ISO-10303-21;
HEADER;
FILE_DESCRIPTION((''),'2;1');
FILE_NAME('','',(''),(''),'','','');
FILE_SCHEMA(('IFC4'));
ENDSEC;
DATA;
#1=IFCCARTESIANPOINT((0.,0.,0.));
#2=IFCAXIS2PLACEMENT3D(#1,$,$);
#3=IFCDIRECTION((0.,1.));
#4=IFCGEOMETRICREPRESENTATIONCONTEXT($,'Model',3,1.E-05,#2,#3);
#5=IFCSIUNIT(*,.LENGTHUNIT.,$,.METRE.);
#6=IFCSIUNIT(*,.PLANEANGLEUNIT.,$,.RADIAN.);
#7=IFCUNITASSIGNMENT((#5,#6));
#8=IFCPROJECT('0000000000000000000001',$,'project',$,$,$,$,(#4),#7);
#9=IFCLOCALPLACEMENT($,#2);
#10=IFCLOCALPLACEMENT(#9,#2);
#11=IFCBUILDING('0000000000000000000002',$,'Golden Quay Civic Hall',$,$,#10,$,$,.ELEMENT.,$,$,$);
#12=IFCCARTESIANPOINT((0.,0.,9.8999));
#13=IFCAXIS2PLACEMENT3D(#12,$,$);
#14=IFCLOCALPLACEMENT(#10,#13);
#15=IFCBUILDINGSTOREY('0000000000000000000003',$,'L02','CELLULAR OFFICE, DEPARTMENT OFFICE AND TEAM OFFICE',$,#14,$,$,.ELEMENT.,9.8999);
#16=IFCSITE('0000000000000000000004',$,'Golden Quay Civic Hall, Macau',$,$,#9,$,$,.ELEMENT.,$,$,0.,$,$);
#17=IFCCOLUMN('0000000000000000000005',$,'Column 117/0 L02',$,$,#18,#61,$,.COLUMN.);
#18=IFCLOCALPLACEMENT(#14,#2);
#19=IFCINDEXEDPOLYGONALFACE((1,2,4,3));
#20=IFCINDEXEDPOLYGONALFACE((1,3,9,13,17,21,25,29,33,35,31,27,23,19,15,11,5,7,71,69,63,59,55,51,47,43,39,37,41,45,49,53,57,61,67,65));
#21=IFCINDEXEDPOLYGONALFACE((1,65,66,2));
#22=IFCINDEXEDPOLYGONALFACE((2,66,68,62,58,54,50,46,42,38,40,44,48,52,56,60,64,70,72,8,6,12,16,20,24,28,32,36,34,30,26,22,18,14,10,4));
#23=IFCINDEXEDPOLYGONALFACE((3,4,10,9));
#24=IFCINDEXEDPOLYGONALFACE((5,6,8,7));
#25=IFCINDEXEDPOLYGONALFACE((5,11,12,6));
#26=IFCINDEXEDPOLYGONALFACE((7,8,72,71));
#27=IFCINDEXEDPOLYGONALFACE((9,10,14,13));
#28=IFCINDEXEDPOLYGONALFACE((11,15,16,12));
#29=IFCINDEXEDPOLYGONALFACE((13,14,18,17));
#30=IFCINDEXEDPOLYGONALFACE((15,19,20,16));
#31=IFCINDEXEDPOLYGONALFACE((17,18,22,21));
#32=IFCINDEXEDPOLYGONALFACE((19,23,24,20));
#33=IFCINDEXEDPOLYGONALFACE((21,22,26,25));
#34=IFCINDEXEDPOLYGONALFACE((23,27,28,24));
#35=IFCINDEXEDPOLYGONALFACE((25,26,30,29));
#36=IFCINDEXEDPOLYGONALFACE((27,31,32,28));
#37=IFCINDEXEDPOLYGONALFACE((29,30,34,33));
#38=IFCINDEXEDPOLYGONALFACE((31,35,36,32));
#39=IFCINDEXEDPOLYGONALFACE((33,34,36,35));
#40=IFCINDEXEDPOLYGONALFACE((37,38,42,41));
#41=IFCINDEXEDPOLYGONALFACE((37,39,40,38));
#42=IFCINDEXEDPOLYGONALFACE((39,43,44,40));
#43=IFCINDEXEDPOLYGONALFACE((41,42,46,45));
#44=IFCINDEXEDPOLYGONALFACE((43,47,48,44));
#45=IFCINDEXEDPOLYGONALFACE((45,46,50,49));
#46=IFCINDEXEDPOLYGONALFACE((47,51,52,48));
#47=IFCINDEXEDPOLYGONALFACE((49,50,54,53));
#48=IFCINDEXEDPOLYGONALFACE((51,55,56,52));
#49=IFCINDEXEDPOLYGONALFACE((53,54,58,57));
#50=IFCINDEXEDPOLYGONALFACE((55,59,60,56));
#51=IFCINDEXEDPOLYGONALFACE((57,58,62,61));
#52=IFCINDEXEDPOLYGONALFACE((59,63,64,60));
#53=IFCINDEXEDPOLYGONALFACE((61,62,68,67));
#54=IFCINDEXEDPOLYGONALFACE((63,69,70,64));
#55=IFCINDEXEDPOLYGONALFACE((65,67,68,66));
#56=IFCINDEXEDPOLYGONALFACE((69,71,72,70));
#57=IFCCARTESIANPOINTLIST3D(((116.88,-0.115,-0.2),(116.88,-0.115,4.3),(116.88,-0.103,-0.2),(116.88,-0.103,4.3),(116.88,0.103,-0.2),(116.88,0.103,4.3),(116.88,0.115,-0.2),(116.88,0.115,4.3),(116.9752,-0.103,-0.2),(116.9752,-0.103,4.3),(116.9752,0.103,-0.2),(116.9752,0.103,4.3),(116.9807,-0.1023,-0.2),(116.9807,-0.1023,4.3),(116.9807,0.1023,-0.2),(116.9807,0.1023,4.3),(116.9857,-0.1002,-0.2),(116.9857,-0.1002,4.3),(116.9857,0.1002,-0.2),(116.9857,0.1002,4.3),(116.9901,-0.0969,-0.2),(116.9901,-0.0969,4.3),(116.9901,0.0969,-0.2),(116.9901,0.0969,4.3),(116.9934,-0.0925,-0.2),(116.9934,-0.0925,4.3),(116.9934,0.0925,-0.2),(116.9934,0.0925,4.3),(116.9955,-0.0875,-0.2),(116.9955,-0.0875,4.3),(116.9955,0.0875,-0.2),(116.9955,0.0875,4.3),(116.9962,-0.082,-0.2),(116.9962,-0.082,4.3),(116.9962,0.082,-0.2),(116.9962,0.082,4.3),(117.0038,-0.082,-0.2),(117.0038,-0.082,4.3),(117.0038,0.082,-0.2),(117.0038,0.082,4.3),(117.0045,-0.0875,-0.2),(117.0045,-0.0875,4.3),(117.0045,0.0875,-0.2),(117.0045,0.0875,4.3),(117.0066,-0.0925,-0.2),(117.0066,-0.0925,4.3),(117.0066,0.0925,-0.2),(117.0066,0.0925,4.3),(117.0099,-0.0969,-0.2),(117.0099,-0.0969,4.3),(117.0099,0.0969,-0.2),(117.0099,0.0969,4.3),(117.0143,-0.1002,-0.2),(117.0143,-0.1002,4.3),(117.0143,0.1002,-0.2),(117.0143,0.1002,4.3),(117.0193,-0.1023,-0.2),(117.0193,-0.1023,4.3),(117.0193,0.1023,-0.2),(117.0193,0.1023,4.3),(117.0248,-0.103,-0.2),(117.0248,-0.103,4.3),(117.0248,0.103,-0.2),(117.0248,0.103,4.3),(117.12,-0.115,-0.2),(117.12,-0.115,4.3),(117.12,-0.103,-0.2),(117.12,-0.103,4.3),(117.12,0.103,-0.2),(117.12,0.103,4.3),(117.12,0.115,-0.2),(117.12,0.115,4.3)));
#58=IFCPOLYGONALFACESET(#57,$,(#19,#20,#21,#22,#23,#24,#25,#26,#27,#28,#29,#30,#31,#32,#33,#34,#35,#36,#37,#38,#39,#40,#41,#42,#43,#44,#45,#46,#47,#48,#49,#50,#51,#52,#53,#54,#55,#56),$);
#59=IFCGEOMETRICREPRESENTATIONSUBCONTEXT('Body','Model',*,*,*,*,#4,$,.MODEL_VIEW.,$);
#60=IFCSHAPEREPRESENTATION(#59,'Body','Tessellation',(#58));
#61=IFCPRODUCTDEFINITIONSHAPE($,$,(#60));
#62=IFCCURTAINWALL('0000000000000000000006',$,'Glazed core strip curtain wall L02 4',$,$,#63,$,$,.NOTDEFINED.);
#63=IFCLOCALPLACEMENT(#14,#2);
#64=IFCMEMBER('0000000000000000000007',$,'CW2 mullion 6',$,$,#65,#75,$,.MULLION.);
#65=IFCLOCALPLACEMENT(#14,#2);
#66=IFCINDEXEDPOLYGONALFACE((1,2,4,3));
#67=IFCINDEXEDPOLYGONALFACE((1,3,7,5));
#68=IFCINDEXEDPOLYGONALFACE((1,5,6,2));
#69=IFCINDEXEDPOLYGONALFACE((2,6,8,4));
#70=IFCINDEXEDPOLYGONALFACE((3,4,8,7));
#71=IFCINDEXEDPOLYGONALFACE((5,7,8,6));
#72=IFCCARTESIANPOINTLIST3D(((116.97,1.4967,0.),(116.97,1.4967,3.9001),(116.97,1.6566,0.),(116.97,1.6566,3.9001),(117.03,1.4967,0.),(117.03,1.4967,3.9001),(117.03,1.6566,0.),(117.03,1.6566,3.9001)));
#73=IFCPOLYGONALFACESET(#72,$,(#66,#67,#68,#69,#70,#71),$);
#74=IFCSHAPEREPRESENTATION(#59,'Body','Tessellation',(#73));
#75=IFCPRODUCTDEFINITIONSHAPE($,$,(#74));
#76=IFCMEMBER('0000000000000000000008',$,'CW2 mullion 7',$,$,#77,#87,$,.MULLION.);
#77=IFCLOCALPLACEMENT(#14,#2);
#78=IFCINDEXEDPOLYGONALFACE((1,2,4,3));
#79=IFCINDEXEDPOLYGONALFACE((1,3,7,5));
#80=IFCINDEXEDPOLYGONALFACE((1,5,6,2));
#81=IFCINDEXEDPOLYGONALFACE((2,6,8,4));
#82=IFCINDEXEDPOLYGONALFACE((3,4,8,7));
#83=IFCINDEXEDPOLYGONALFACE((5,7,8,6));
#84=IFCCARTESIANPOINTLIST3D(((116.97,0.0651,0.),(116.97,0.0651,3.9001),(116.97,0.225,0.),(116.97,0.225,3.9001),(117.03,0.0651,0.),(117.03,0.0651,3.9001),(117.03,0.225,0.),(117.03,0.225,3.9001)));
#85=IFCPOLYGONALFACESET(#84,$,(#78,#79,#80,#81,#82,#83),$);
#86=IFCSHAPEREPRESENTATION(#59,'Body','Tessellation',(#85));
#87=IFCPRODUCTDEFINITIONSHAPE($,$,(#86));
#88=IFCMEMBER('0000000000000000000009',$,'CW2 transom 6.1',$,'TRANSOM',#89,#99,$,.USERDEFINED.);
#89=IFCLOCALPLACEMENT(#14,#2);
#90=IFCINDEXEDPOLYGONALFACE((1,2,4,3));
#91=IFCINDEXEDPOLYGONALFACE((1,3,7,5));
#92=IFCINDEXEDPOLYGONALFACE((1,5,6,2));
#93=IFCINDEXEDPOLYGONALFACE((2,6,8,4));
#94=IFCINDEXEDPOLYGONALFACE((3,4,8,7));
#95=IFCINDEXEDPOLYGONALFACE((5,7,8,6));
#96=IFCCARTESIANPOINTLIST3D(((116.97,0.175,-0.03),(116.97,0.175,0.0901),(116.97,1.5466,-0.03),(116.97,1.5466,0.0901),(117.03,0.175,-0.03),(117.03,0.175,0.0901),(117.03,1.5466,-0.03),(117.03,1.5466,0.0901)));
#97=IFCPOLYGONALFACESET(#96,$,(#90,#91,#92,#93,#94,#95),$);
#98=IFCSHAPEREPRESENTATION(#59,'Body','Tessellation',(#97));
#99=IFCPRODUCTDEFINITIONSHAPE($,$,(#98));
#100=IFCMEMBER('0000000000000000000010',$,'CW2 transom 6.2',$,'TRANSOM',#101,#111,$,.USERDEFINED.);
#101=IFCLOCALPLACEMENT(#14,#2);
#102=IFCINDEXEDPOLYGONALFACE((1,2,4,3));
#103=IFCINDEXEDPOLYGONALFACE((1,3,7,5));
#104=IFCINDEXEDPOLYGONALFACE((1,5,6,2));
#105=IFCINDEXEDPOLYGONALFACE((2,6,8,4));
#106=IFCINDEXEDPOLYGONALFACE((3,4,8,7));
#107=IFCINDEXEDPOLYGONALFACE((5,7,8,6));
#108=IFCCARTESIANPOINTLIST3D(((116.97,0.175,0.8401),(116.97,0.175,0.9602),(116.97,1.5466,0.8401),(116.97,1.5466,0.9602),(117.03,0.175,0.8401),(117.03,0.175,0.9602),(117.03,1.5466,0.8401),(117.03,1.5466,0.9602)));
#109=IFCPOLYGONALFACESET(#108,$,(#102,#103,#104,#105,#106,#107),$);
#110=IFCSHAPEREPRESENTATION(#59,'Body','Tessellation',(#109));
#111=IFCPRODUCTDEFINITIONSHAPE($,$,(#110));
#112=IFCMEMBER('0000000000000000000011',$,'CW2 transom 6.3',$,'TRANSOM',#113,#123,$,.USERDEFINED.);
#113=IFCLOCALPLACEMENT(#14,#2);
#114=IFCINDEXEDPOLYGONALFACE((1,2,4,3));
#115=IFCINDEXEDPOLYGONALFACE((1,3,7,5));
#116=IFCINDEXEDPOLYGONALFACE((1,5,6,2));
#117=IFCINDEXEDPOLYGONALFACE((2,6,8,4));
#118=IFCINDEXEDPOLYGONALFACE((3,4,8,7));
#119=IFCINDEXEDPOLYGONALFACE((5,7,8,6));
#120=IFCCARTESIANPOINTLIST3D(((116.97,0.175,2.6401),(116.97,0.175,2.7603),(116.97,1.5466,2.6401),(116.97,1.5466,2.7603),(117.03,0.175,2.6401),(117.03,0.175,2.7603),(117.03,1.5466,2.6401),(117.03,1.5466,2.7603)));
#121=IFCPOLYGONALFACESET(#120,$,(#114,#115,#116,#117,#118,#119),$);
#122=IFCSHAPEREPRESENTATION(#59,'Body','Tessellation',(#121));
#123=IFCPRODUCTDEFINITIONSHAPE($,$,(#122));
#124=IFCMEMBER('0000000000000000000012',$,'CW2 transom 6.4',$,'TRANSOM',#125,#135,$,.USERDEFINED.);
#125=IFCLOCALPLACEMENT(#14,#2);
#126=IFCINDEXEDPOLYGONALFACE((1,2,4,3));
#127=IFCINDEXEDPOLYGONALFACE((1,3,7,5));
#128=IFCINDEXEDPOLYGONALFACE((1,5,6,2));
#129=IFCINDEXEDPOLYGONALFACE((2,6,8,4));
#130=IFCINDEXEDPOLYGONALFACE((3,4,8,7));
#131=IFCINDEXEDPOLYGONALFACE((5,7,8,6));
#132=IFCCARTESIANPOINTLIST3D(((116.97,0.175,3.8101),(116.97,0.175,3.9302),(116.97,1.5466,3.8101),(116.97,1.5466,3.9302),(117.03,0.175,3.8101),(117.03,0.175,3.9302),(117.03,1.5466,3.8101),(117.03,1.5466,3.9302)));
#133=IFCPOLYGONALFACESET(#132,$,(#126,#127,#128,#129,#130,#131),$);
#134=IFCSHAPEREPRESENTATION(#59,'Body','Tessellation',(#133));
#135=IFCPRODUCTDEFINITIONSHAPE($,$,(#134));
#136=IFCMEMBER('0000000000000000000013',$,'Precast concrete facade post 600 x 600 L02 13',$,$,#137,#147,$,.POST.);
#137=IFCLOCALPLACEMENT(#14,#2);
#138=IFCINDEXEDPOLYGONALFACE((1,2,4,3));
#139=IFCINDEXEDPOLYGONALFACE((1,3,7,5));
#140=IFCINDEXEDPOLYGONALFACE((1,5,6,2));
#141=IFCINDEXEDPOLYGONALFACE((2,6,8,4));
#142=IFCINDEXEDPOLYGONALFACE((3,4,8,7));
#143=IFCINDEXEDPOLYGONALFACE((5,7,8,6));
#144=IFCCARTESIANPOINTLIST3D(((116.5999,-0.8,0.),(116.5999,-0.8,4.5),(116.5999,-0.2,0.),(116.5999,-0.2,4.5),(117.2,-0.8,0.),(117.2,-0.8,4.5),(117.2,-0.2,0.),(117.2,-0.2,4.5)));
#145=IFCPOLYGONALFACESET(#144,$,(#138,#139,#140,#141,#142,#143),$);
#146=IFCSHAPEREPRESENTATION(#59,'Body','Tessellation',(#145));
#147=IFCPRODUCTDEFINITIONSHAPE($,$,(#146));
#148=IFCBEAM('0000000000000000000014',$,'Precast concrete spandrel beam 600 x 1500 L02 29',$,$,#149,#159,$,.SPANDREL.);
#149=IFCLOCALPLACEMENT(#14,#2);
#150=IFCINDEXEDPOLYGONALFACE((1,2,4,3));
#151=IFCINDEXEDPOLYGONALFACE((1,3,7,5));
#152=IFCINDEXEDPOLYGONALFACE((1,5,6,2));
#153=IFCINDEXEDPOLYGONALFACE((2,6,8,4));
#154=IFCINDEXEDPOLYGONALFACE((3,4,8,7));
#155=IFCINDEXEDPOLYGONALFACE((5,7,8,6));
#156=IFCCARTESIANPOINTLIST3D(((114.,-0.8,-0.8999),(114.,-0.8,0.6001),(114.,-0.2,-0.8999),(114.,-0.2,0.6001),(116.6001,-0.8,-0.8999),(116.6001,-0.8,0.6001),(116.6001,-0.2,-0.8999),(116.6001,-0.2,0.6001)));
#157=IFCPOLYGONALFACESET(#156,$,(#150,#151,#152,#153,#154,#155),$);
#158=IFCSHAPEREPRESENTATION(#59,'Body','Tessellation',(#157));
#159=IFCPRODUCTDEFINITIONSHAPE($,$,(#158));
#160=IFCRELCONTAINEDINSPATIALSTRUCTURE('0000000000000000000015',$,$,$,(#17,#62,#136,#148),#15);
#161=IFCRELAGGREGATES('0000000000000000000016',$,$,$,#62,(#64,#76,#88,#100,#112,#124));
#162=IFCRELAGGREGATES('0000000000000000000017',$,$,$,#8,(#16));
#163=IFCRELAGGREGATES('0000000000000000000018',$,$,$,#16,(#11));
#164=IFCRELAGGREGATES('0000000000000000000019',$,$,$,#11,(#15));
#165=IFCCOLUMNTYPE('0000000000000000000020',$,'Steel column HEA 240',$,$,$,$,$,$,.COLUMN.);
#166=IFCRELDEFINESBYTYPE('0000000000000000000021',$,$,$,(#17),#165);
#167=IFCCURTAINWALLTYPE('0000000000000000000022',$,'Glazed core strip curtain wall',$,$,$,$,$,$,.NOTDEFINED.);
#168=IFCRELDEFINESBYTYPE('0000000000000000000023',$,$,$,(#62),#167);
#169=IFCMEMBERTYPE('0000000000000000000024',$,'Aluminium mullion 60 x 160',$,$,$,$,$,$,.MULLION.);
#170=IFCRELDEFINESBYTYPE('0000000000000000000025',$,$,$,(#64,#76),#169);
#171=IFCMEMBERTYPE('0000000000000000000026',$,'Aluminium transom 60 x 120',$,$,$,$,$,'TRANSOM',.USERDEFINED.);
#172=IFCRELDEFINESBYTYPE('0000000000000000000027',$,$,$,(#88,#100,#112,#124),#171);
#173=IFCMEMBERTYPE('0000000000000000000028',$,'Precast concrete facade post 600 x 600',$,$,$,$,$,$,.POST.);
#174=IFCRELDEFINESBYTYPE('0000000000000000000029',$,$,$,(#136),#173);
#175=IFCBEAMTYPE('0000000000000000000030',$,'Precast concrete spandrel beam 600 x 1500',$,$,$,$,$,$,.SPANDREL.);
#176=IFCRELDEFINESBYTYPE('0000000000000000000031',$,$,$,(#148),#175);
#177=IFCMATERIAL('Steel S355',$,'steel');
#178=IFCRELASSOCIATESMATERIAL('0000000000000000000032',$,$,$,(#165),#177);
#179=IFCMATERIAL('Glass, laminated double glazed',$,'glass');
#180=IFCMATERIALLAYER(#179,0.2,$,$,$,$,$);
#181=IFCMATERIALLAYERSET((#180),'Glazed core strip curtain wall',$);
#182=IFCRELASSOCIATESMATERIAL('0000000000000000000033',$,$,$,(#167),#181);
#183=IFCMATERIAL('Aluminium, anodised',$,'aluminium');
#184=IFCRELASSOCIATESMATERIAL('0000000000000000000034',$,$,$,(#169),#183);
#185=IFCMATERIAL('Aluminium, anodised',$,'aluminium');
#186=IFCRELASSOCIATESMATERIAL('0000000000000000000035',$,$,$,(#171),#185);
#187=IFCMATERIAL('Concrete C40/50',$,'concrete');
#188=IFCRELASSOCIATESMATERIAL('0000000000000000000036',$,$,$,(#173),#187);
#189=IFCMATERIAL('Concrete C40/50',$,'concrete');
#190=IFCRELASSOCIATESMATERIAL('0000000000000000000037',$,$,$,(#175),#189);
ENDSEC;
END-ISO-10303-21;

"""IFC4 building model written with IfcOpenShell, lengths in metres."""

from ifc_helpers import new_model, si_unit, direction, frame, origin, origin_2d, place, context, subcontext, project, spatial, rectangle, i_section, extrude, material, layer, layer_set, material_profile, profile_set, type_object, element, aggregate, save


model = new_model("IFC4")

# Units and contexts
model_context = context("Model", 3, precision=1e-05, world=origin(), true_north=direction((0.0, 1.0)))
body_context = subcontext(model_context, "Body", "Model", "MODEL_VIEW")
ifc_project = project(units=[si_unit("LENGTHUNIT", "METRE"), si_unit("PLANEANGLEUNIT", "RADIAN")], contexts=[model_context])

# Site, building, storey
site_placement = place(None, origin())
site = spatial("IfcSite", under=ifc_project, at=site_placement, Name="Golden Quay Civic Hall, Macau", CompositionType="ELEMENT", RefElevation=0.0)
building_placement = place(site_placement, origin())
building = spatial("IfcBuilding", under=site, at=building_placement, Name="Golden Quay Civic Hall", CompositionType="ELEMENT")
storey_placement = place(building_placement, frame((0.0, 0.0, 9.8999)))
storey = spatial("IfcBuildingStorey", under=building, at=storey_placement, Name="L02", Description="CELLULAR OFFICE, DEPARTMENT OFFICE AND TEAM OFFICE", CompositionType="ELEMENT", Elevation=9.8999)

# Column
ifc_material_1 = material(Name="Steel S355", Category="steel")
ifc_material_profile_1 = material_profile(ifc_material_1, i_section(OverallWidth=0.24, OverallDepth=0.23, WebThickness=0.0076, FlangeThickness=0.012, FilletRadius=0.021, at=origin_2d()), Name="HEA 240")
ifc_profile_set_1 = profile_set([ifc_material_profile_1], Name="Steel S355")
column_type = type_object("IfcColumnType", Name="Steel column HEA 240", PredefinedType="COLUMN", material=ifc_profile_set_1)
column_placement = place(storey_placement, frame((117.0, 0.0, -0.2), z_axis=(0.0, 0.0, 1.0), x_axis=(1.0, 0.0, 0.0)))
element("IfcColumn", 1, at=column_placement, inside=storey, type_object=column_type, Name="Column 117/0 L02", PredefinedType="COLUMN", context=body_context, shape_type="SweptSolid", body=[
    extrude(i_section(OverallWidth=0.24, OverallDepth=0.23, WebThickness=0.0076, FlangeThickness=0.012, FilletRadius=0.021, at=origin_2d()), origin(), (0.0, 0.0, 1.0), 4.5),
])

# Curtain wall, members
ifc_material_2 = material(Name="Glass, laminated double glazed", Category="glass")
ifc_layer_1 = layer(ifc_material_2, 0.2)
ifc_layer_set_1 = layer_set([ifc_layer_1], Name="Glazed core strip curtain wall")
curtain_wall_type = type_object("IfcCurtainWallType", Name="Glazed core strip curtain wall", PredefinedType="NOTDEFINED", material=ifc_layer_set_1)
curtain_wall_placement = place(storey_placement, origin())
curtain_wall = element("IfcCurtainWall", 2, at=curtain_wall_placement, inside=storey, type_object=curtain_wall_type, Name="Glazed core strip curtain wall L02 4", PredefinedType="NOTDEFINED")
ifc_material_3 = material(Name="Aluminium, anodised", Category="aluminium")
ifc_material_profile_2 = material_profile(ifc_material_3, rectangle(XDim=0.0601, YDim=0.1599, at=origin_2d()), Name="Aluminium 60 x 160")
ifc_profile_set_2 = profile_set([ifc_material_profile_2], Name="Aluminium, anodised")
member_type_1 = type_object("IfcMemberType", Name="Aluminium mullion 60 x 160", PredefinedType="MULLION", material=ifc_profile_set_2)
member_1_placement = place(storey_placement, frame((117.0, 1.5767, 0.0), z_axis=(0.0, 0.0, 1.0), x_axis=(1.0, 0.0, 0.0)))
member_1 = element("IfcMember", 3, at=member_1_placement, type_object=member_type_1, Name="CW2 mullion 6", PredefinedType="MULLION", context=body_context, shape_type="SweptSolid", body=[
    extrude(rectangle(XDim=0.0601, YDim=0.1599, at=origin_2d()), origin(), (0.0, 0.0, 1.0), 3.9001),
])
member_2_placement = place(storey_placement, frame((117.0, 0.145, 0.0), z_axis=(0.0, 0.0, 1.0), x_axis=(1.0, 0.0, 0.0)))
member_2 = element("IfcMember", 4, at=member_2_placement, type_object=member_type_1, Name="CW2 mullion 7", PredefinedType="MULLION", context=body_context, shape_type="SweptSolid", body=[
    extrude(rectangle(XDim=0.0601, YDim=0.1599, at=origin_2d()), origin(), (0.0, 0.0, 1.0), 3.9001),
])
ifc_material_4 = material(Name="Aluminium, anodised", Category="aluminium")
ifc_material_profile_3 = material_profile(ifc_material_4, rectangle(XDim=0.0601, YDim=0.1201, at=origin_2d()), Name="Aluminium 60 x 120")
ifc_profile_set_3 = profile_set([ifc_material_profile_3], Name="Aluminium, anodised")
member_type_2 = type_object("IfcMemberType", Name="Aluminium transom 60 x 120", ElementType="TRANSOM", PredefinedType="USERDEFINED", material=ifc_profile_set_3)
member_3_placement = place(storey_placement, frame((117.0, 1.5466, 0.03), z_axis=(0.0, -1.0, 0.0), x_axis=(1.0, 0.0, 0.0)))
member_3 = element("IfcMember", 5, at=member_3_placement, type_object=member_type_2, Name="CW2 transom 6.1", ObjectType="TRANSOM", PredefinedType="USERDEFINED", context=body_context, shape_type="SweptSolid", body=[
    extrude(rectangle(XDim=0.0601, YDim=0.1201, at=origin_2d()), origin(), (0.0, 0.0, 1.0), 1.3716),
])
member_4_placement = place(storey_placement, frame((117.0, 1.5466, 0.9001), z_axis=(0.0, -1.0, 0.0), x_axis=(1.0, 0.0, 0.0)))
member_4 = element("IfcMember", 6, at=member_4_placement, type_object=member_type_2, Name="CW2 transom 6.2", ObjectType="TRANSOM", PredefinedType="USERDEFINED", context=body_context, shape_type="SweptSolid", body=[
    extrude(rectangle(XDim=0.0601, YDim=0.1201, at=origin_2d()), origin(), (0.0, 0.0, 1.0), 1.3716),
])
member_5_placement = place(storey_placement, frame((117.0, 1.5466, 2.7002), z_axis=(0.0, -1.0, 0.0), x_axis=(1.0, 0.0, 0.0)))
member_5 = element("IfcMember", 7, at=member_5_placement, type_object=member_type_2, Name="CW2 transom 6.3", ObjectType="TRANSOM", PredefinedType="USERDEFINED", context=body_context, shape_type="SweptSolid", body=[
    extrude(rectangle(XDim=0.0601, YDim=0.1201, at=origin_2d()), origin(), (0.0, 0.0, 1.0), 1.3716),
])
member_6_placement = place(storey_placement, frame((117.0, 1.5466, 3.8701), z_axis=(0.0, -1.0, 0.0), x_axis=(1.0, 0.0, 0.0)))
member_6 = element("IfcMember", 8, at=member_6_placement, type_object=member_type_2, Name="CW2 transom 6.4", ObjectType="TRANSOM", PredefinedType="USERDEFINED", context=body_context, shape_type="SweptSolid", body=[
    extrude(rectangle(XDim=0.0601, YDim=0.1201, at=origin_2d()), origin(), (0.0, 0.0, 1.0), 1.3716),
])

# Member
ifc_material_5 = material(Name="Concrete C40/50", Category="concrete")
ifc_material_profile_4 = material_profile(ifc_material_5, rectangle(XDim=0.6001, YDim=0.6001, at=origin_2d()), Name="RC 600x600")
ifc_profile_set_4 = profile_set([ifc_material_profile_4], Name="Concrete C40/50")
member_type_3 = type_object("IfcMemberType", Name="Precast concrete facade post 600 x 600", PredefinedType="POST", material=ifc_profile_set_4)
member_7_placement = place(storey_placement, frame((116.8999, -0.5, 0.0), z_axis=(0.0, 0.0, 1.0), x_axis=(1.0, 0.0, 0.0)))
element("IfcMember", 9, at=member_7_placement, inside=storey, type_object=member_type_3, Name="Precast concrete facade post 600 x 600 L02 13", PredefinedType="POST", context=body_context, shape_type="SweptSolid", body=[
    extrude(rectangle(XDim=0.6001, YDim=0.6001, at=origin_2d()), origin(), (0.0, 0.0, 1.0), 4.5),
])

# Beam
ifc_material_6 = material(Name="Concrete C40/50", Category="concrete")
ifc_material_profile_5 = material_profile(ifc_material_6, rectangle(XDim=0.6001, YDim=1.5, at=origin_2d()), Name="RC 600x1500")
ifc_profile_set_5 = profile_set([ifc_material_profile_5], Name="Concrete C40/50")
beam_type_1 = type_object("IfcBeamType", Name="Precast concrete spandrel beam 600 x 1500", PredefinedType="SPANDREL", material=ifc_profile_set_5)
beam_1_placement = place(storey_placement, frame((114.0, -0.5, -0.1499), z_axis=(1.0, 0.0, 0.0), x_axis=(0.0, 1.0, 0.0)))
element("IfcBeam", 10, at=beam_1_placement, inside=storey, type_object=beam_type_1, Name="Precast concrete spandrel beam 600 x 1500 L02 29", PredefinedType="SPANDREL", context=body_context, shape_type="SweptSolid", body=[
    extrude(rectangle(XDim=0.6001, YDim=1.5, at=origin_2d()), origin(), (0.0, 0.0, 1.0), 2.6001),
])

aggregate(curtain_wall, [member_1, member_2, member_3, member_4, member_5, member_6])

save(model, "model.ifc")
